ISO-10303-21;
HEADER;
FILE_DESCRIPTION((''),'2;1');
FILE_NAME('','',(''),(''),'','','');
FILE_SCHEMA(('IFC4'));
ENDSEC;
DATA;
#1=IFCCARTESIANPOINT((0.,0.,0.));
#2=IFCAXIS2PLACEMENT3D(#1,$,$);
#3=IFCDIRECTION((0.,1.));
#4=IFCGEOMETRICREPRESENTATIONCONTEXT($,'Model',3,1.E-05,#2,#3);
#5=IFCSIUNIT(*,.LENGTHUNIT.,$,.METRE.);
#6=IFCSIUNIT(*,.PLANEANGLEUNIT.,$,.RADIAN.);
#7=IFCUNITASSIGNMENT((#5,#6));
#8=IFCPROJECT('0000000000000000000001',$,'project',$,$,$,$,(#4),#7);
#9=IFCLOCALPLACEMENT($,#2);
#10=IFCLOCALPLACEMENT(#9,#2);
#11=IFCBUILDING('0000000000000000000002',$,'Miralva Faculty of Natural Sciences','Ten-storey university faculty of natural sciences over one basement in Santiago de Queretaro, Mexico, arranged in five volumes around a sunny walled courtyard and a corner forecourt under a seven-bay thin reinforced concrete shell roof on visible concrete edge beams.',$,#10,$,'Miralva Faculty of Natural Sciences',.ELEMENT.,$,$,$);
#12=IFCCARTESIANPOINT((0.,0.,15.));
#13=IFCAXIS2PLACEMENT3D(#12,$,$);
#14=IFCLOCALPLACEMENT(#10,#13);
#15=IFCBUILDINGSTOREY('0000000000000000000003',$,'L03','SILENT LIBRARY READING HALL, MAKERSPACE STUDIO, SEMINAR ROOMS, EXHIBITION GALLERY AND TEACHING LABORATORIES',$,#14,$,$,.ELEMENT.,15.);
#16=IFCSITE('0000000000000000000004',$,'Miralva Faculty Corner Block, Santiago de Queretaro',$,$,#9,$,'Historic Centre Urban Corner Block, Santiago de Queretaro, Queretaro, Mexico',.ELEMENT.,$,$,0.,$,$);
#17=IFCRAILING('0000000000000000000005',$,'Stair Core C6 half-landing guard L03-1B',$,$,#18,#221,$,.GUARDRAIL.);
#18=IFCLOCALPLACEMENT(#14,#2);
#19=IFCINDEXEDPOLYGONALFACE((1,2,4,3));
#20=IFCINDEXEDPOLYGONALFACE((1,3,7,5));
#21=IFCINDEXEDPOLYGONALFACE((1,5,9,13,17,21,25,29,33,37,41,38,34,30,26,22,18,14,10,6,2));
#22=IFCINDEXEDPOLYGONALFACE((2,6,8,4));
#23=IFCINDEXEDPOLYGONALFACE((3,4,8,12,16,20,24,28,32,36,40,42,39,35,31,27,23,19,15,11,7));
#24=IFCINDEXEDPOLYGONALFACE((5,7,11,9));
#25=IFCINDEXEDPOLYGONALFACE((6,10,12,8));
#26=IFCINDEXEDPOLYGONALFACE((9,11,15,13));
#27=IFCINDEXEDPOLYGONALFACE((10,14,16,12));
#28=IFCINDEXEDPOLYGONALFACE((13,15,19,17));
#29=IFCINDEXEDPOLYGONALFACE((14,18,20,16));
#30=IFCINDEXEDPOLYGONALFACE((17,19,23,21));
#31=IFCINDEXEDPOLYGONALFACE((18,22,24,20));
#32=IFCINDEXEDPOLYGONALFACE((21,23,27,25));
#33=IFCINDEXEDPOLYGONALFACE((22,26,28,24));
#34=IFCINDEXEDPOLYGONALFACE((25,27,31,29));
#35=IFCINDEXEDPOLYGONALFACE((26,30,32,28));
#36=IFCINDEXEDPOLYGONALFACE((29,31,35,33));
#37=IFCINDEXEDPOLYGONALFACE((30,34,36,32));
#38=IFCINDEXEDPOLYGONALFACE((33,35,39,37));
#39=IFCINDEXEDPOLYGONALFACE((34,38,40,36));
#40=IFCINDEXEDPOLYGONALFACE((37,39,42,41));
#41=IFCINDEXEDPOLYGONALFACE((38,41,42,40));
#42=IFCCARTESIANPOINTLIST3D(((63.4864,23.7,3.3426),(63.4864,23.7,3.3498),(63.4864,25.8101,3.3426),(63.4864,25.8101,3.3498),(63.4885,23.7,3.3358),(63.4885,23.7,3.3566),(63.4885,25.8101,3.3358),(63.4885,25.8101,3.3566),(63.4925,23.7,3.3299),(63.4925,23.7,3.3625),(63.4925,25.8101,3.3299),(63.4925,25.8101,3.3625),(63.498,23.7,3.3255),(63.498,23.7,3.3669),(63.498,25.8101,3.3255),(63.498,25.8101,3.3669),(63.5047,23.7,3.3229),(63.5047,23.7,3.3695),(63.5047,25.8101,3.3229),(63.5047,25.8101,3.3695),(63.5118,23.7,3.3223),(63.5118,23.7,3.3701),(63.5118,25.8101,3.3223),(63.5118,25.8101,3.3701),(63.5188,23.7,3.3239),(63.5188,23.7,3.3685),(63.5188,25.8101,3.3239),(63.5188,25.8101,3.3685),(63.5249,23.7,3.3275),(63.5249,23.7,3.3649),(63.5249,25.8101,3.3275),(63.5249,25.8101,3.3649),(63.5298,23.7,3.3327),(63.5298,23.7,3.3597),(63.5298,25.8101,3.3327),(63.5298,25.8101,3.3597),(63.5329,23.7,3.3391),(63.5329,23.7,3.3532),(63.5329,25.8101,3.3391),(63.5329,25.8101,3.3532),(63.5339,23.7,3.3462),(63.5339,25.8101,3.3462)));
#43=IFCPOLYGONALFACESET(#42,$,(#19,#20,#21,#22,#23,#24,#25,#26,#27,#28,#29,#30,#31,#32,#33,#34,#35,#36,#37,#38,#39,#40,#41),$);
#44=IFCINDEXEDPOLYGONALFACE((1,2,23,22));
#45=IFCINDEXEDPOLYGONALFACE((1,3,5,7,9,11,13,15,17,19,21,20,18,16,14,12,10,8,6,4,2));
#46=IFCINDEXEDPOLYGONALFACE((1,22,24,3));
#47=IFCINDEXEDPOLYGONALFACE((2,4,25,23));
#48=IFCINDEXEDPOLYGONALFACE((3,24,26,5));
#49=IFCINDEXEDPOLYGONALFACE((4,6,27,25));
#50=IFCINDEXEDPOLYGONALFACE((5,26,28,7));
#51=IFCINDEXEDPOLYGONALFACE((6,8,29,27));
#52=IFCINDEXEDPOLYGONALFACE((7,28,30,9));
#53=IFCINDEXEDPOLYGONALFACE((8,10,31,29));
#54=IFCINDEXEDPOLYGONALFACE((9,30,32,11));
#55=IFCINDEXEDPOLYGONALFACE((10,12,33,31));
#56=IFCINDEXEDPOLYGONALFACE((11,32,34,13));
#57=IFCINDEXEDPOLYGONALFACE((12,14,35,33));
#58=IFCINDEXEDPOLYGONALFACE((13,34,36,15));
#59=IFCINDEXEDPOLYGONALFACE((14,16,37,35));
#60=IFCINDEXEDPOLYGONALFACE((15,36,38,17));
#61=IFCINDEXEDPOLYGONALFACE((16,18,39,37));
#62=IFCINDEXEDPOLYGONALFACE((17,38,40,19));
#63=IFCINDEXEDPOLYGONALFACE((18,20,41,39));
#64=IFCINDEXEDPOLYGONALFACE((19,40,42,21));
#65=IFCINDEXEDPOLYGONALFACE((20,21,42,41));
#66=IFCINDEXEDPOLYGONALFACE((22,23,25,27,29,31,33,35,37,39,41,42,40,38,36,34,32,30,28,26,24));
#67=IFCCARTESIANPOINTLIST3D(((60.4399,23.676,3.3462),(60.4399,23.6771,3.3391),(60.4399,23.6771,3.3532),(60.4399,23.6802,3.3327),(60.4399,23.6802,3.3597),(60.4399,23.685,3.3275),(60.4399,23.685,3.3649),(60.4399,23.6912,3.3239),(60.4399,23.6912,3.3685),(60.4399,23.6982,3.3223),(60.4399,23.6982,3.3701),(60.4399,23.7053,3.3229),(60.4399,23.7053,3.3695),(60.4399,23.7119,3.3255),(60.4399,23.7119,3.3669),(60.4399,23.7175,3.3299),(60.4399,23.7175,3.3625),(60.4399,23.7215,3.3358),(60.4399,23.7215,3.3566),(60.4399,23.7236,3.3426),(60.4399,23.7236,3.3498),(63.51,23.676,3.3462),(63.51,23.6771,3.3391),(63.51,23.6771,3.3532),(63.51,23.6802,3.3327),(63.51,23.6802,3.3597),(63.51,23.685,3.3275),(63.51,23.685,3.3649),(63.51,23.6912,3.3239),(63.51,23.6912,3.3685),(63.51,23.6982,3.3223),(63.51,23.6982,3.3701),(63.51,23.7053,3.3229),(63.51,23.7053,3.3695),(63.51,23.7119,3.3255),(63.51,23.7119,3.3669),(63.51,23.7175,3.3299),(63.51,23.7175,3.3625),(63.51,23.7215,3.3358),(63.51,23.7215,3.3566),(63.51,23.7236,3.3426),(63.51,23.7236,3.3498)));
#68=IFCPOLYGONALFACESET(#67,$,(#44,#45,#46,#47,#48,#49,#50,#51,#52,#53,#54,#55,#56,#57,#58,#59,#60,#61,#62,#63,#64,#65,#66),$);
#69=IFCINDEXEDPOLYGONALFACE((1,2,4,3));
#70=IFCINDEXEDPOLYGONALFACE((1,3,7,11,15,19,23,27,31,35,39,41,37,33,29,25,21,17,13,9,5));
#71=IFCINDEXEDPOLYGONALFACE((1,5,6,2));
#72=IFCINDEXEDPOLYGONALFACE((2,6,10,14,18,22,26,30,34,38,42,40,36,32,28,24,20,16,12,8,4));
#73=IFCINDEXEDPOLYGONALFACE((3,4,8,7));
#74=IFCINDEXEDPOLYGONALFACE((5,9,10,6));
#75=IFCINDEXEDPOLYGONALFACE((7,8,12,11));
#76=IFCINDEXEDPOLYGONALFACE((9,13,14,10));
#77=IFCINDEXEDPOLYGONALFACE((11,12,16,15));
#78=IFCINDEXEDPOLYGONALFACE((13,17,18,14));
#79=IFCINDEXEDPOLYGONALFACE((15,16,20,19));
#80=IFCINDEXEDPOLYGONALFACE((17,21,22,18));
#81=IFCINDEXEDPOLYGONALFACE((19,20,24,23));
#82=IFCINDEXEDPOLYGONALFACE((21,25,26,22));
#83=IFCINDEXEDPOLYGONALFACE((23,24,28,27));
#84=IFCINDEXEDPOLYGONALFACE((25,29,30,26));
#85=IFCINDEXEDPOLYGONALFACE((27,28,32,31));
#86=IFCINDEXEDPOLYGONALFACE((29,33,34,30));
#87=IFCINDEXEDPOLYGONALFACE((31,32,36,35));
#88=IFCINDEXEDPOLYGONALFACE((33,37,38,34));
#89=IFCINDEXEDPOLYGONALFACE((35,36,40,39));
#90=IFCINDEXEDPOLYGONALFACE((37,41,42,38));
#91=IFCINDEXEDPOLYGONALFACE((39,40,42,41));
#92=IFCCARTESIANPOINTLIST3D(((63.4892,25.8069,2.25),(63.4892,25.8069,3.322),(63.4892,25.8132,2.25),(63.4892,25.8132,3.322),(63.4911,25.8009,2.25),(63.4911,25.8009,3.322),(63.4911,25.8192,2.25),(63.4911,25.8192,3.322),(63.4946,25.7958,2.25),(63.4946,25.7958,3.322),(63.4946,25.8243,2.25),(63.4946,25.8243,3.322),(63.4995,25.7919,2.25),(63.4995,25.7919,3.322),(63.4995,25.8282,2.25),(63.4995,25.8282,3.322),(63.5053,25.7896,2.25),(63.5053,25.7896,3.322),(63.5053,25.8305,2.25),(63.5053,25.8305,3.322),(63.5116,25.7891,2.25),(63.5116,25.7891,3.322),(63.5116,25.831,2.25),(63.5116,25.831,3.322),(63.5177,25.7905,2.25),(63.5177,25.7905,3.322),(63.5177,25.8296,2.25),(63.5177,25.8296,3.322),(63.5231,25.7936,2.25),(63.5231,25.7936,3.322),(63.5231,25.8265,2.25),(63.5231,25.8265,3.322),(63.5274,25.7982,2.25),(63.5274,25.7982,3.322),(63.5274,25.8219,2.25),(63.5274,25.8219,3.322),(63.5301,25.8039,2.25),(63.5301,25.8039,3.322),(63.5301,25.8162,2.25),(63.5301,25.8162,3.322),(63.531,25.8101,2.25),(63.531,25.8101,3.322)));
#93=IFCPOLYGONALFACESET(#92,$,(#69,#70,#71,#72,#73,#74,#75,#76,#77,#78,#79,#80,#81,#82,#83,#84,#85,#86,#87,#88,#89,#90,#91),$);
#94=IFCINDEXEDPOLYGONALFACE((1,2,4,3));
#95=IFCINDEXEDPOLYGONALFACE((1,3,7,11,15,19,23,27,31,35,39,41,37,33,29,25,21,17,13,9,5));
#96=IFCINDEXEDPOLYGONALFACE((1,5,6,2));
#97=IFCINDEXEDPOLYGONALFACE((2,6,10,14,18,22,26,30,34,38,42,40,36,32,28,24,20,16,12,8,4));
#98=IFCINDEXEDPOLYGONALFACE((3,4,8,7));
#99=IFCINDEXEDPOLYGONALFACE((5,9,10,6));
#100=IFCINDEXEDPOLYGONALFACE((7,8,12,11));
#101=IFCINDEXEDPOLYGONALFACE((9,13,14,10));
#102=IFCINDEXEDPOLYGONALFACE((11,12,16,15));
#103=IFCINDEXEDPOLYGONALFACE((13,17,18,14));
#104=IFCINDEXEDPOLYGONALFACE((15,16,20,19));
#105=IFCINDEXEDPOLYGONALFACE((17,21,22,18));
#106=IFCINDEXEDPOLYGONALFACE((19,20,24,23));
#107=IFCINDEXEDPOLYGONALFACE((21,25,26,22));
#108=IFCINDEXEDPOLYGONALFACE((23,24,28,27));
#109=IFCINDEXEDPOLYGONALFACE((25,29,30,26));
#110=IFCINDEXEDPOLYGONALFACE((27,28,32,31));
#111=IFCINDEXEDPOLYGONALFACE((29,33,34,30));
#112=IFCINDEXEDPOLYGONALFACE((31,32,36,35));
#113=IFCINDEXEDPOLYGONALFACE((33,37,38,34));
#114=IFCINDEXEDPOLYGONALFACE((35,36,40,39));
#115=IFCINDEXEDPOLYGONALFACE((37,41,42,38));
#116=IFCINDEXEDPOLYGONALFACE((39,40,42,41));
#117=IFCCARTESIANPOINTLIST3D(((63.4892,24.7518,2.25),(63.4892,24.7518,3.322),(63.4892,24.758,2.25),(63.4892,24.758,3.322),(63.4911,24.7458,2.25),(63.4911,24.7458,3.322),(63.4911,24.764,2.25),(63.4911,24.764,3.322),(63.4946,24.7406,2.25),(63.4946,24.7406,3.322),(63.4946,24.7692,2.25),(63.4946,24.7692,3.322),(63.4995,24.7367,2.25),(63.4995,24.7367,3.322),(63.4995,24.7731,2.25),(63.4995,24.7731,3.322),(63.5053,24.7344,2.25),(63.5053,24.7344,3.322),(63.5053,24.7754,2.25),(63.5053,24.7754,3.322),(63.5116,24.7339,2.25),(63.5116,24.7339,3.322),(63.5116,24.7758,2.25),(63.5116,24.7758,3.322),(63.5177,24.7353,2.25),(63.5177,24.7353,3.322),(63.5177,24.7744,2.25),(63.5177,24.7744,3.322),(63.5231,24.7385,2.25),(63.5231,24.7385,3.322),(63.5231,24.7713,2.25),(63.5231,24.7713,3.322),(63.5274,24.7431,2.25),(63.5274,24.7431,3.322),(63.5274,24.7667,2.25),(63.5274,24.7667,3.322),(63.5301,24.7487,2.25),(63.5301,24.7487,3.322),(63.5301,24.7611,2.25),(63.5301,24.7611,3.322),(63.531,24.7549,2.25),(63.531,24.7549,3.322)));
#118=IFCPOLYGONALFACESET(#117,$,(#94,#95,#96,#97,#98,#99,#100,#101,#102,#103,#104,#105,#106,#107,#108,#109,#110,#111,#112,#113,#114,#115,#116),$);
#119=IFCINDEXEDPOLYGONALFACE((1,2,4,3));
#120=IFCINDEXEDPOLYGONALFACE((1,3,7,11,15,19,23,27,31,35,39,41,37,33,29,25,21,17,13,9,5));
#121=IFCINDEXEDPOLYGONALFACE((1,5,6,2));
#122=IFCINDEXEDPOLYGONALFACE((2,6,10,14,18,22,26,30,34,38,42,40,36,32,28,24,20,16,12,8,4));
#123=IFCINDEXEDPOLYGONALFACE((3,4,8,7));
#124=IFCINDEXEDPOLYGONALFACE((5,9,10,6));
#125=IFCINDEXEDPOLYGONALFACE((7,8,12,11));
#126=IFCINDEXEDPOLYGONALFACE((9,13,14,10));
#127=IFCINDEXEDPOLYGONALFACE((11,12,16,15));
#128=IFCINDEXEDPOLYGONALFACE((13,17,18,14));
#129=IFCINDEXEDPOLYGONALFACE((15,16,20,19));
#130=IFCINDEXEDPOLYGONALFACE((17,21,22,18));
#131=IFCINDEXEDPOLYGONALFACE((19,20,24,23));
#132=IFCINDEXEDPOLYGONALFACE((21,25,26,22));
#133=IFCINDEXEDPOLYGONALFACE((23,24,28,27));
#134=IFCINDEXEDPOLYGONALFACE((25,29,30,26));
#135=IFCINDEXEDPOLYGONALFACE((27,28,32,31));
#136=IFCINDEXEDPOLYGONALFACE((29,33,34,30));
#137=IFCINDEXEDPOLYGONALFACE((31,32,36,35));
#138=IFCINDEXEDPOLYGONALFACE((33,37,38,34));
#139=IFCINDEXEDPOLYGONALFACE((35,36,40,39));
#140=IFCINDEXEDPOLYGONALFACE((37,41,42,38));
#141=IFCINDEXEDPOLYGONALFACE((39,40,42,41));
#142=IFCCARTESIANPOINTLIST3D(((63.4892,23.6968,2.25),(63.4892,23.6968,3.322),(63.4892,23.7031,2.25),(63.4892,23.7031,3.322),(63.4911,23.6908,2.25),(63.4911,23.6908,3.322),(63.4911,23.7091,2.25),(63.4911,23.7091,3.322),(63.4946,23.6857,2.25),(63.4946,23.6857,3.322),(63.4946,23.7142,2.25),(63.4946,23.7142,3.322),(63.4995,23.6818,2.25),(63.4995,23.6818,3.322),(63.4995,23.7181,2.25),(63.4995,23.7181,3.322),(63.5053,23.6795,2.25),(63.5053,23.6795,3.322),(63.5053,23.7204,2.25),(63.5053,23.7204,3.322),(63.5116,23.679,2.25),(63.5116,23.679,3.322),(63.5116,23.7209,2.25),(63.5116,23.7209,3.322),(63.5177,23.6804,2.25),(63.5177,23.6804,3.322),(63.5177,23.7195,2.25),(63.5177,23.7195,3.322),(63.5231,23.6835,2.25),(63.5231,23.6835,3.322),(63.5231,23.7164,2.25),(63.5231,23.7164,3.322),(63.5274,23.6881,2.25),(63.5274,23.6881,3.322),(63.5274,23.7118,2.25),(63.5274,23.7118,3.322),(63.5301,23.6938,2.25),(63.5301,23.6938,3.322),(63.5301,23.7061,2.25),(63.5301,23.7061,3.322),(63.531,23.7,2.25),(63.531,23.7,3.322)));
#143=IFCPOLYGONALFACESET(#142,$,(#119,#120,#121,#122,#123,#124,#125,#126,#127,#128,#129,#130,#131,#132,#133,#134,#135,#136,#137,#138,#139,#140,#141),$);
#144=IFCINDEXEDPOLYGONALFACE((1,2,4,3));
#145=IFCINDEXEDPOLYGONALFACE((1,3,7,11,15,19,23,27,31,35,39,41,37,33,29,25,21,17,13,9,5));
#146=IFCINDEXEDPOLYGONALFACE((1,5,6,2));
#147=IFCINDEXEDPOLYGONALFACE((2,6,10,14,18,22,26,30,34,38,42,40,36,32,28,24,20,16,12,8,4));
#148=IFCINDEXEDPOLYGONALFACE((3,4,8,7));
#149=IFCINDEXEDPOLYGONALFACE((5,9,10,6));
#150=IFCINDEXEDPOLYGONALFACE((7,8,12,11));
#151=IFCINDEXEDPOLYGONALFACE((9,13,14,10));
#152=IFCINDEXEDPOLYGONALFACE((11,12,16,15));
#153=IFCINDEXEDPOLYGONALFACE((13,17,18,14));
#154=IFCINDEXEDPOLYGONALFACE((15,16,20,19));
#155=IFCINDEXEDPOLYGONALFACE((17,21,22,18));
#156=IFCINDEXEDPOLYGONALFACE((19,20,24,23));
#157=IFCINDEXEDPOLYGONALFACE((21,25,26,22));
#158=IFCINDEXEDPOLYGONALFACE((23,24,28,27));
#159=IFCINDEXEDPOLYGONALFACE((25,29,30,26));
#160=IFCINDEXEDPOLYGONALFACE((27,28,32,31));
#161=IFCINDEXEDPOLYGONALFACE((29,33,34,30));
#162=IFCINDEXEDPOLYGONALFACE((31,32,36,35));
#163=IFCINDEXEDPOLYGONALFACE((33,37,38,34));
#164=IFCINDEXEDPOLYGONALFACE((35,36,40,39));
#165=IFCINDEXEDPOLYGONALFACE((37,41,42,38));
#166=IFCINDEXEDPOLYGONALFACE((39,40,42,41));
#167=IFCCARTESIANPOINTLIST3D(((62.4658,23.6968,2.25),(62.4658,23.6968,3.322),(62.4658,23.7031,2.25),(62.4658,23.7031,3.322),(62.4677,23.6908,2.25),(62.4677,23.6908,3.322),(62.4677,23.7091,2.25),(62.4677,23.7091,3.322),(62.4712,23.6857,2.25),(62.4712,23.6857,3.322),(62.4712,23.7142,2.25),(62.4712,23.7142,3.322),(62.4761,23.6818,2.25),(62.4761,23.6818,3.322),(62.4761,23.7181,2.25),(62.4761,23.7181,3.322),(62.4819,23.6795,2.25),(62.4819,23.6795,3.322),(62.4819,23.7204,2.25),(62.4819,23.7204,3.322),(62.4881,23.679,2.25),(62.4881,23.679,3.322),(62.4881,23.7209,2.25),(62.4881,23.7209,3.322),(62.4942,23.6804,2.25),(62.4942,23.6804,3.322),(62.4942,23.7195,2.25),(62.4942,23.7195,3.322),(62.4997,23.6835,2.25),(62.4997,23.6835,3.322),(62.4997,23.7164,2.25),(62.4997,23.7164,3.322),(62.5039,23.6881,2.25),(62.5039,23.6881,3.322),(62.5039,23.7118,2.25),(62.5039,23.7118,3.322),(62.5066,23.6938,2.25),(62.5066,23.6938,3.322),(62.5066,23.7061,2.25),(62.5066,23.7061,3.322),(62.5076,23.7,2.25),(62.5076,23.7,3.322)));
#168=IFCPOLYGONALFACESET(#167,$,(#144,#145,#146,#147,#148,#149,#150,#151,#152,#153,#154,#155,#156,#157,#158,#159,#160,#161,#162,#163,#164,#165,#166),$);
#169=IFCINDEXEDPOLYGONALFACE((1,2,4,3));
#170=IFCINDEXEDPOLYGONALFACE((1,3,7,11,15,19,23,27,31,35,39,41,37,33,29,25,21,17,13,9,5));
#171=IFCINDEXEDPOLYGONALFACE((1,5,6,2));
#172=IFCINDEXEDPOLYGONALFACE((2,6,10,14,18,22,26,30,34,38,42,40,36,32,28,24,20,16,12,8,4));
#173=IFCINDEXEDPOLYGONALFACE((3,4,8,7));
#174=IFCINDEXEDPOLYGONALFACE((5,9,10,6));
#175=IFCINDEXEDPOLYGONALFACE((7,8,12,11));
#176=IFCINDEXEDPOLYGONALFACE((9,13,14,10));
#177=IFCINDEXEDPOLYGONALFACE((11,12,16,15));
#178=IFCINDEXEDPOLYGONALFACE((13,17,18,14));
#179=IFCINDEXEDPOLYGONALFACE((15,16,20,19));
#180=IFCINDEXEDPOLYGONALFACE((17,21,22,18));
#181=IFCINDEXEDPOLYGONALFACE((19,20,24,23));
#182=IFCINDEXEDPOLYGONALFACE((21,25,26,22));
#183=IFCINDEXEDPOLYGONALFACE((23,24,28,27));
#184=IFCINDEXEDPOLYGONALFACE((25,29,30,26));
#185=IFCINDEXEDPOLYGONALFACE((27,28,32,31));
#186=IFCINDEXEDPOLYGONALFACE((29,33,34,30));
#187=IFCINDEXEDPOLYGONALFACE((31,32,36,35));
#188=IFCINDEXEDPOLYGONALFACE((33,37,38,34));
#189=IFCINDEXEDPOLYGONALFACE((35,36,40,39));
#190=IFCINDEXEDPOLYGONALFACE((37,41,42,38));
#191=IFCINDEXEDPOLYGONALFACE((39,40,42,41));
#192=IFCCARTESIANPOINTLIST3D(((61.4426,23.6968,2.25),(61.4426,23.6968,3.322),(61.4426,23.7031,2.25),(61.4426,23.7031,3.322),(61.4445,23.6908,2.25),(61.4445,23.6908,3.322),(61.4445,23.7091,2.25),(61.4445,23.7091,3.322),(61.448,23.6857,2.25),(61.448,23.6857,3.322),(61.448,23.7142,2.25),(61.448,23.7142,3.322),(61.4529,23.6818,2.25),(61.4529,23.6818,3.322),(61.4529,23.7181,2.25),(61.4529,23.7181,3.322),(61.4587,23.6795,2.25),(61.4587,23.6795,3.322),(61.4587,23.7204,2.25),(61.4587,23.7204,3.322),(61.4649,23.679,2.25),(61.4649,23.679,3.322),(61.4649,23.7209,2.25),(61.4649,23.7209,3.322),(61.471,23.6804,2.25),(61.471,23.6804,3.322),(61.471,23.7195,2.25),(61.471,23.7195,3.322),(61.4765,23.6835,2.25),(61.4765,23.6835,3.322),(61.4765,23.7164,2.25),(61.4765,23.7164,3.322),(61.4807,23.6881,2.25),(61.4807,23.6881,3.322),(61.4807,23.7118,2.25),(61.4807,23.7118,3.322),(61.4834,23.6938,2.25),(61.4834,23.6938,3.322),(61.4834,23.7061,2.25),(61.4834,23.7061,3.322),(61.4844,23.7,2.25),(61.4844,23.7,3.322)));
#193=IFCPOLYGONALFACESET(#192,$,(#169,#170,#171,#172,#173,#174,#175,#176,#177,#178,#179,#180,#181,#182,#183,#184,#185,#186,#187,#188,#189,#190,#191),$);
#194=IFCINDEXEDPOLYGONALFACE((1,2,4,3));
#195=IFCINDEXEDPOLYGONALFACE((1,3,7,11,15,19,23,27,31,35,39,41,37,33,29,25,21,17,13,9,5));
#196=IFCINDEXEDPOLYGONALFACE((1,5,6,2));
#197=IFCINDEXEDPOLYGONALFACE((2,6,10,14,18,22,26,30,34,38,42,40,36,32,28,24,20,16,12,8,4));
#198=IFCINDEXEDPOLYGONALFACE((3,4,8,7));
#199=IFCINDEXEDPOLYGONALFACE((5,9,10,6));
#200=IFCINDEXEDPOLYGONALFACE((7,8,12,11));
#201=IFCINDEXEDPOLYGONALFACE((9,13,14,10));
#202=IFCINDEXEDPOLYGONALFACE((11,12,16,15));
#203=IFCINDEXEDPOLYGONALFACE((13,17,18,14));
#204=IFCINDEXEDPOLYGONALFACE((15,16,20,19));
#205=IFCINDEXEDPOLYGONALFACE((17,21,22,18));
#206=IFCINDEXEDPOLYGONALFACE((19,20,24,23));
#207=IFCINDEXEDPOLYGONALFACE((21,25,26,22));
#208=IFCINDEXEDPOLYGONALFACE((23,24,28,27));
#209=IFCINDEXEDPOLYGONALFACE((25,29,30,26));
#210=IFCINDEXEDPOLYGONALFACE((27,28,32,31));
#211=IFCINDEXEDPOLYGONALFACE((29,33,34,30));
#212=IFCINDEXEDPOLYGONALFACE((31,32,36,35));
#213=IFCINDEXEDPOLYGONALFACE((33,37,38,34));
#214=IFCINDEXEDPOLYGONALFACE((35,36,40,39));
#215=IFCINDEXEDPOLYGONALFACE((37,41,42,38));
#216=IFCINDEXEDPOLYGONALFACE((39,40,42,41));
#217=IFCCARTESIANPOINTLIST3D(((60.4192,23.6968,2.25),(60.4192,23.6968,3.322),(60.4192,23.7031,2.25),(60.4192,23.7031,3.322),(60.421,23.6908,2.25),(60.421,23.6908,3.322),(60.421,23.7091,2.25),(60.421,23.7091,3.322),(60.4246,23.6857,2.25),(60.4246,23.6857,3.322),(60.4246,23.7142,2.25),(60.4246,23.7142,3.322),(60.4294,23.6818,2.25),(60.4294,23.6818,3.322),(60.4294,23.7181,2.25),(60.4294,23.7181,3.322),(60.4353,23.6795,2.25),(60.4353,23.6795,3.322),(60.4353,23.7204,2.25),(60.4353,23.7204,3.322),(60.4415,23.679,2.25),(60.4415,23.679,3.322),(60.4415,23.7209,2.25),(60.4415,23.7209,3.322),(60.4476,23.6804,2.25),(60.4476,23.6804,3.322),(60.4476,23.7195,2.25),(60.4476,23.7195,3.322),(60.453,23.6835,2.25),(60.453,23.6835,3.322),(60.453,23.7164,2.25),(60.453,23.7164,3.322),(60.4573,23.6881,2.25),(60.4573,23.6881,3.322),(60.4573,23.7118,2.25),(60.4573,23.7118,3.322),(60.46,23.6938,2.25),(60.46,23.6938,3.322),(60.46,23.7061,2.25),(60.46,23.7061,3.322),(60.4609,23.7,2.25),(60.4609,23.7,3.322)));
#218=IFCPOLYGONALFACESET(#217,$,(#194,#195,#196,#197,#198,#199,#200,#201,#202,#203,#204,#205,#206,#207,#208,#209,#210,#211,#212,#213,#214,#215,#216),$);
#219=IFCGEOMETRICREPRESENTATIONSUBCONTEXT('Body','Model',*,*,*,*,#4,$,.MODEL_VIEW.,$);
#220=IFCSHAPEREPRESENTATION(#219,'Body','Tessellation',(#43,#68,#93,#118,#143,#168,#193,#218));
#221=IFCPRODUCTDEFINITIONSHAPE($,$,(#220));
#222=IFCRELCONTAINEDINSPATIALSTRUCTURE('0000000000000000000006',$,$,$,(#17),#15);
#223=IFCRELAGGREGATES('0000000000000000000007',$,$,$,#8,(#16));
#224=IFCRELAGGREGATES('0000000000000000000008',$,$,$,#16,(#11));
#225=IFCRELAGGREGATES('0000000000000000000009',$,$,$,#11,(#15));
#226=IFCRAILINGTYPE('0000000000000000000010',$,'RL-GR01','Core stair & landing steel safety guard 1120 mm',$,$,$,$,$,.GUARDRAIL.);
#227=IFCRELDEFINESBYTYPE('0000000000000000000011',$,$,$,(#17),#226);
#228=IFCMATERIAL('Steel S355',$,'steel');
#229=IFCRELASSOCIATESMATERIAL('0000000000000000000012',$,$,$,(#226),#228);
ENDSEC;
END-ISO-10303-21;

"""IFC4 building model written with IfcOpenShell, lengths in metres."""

from ifc_helpers import new_model, si_unit, direction, frame, origin, origin_2d, place, context, subcontext, project, spatial, circle, extrude, material, type_object, element, save


model = new_model("IFC4")

# Units and contexts
model_context = context("Model", 3, precision=1e-05, world=origin(), true_north=direction((0.0, 1.0)))
body_context = subcontext(model_context, "Body", "Model", "MODEL_VIEW")
ifc_project = project(units=[si_unit("LENGTHUNIT", "METRE"), si_unit("PLANEANGLEUNIT", "RADIAN")], contexts=[model_context])

# Site, building, storey
site_placement = place(None, origin())
site = spatial("IfcSite", under=ifc_project, at=site_placement, Name="Miralva Faculty Corner Block, Santiago de Queretaro", LongName="Historic Centre Urban Corner Block, Santiago de Queretaro, Queretaro, Mexico", CompositionType="ELEMENT", RefElevation=0.0)
building_placement = place(site_placement, origin())
building = spatial("IfcBuilding", under=site, at=building_placement, Name="Miralva Faculty of Natural Sciences", Description="Ten-storey university faculty of natural sciences over one basement in Santiago de Queretaro, Mexico, arranged in five volumes around a sunny walled courtyard and a corner forecourt under a seven-bay thin reinforced concrete shell roof on visible concrete edge beams.", LongName="Miralva Faculty of Natural Sciences", CompositionType="ELEMENT")
storey_placement = place(building_placement, frame((0.0, 0.0, 15.0)))
storey = spatial("IfcBuildingStorey", under=building, at=storey_placement, Name="L03", Description="SILENT LIBRARY READING HALL, MAKERSPACE STUDIO, SEMINAR ROOMS, EXHIBITION GALLERY AND TEACHING LABORATORIES", CompositionType="ELEMENT", Elevation=15.0)

# Railing
ifc_material_1 = material(Name="Steel S355", Category="steel")
railing_type_1 = type_object("IfcRailingType", Name="RL-GR01", Description="Core stair & landing steel safety guard 1120 mm", PredefinedType="GUARDRAIL", material=ifc_material_1)
railing_1_placement = place(storey_placement, frame((63.51, 25.8101, 2.25)))
element("IfcRailing", 1, at=railing_1_placement, inside=storey, type_object=railing_type_1, Name="Stair Core C6 half-landing guard L03-1B", PredefinedType="GUARDRAIL", context=body_context, shape_type="SweptSolid", body=[
    extrude(circle(Radius=0.0239, at=origin_2d()), frame((0.0, 0.0, 1.0962), z_axis=(0.0, -1.0, 0.0), x_axis=(1.0, 0.0, 0.0)), (0.0, 0.0, 1.0), 2.1101),
    extrude(circle(Radius=0.0239, at=origin_2d()), frame((0.0, -2.1101, 1.0962), z_axis=(-1.0, 0.0, 0.0), x_axis=(0.0, -1.0, 0.0)), (0.0, 0.0, 1.0), 3.0701),
    extrude(circle(Radius=0.021, at=origin_2d()), origin(), (0.0, 0.0, 1.0), 1.072),
    extrude(circle(Radius=0.021, at=origin_2d()), frame((0.0, -1.0552, 0.0)), (0.0, 0.0, 1.0), 1.072),
    extrude(circle(Radius=0.021, at=origin_2d()), frame((0.0, -2.1101, 0.0)), (0.0, 0.0, 1.0), 1.072),
    extrude(circle(Radius=0.021, at=origin_2d()), frame((-1.0234, -2.1101, 0.0)), (0.0, 0.0, 1.0), 1.072),
    extrude(circle(Radius=0.021, at=origin_2d()), frame((-2.0466, -2.1101, 0.0)), (0.0, 0.0, 1.0), 1.072),
    extrude(circle(Radius=0.021, at=origin_2d()), frame((-3.0701, -2.1101, 0.0)), (0.0, 0.0, 1.0), 1.072),
])

save(model, "model.ifc")
